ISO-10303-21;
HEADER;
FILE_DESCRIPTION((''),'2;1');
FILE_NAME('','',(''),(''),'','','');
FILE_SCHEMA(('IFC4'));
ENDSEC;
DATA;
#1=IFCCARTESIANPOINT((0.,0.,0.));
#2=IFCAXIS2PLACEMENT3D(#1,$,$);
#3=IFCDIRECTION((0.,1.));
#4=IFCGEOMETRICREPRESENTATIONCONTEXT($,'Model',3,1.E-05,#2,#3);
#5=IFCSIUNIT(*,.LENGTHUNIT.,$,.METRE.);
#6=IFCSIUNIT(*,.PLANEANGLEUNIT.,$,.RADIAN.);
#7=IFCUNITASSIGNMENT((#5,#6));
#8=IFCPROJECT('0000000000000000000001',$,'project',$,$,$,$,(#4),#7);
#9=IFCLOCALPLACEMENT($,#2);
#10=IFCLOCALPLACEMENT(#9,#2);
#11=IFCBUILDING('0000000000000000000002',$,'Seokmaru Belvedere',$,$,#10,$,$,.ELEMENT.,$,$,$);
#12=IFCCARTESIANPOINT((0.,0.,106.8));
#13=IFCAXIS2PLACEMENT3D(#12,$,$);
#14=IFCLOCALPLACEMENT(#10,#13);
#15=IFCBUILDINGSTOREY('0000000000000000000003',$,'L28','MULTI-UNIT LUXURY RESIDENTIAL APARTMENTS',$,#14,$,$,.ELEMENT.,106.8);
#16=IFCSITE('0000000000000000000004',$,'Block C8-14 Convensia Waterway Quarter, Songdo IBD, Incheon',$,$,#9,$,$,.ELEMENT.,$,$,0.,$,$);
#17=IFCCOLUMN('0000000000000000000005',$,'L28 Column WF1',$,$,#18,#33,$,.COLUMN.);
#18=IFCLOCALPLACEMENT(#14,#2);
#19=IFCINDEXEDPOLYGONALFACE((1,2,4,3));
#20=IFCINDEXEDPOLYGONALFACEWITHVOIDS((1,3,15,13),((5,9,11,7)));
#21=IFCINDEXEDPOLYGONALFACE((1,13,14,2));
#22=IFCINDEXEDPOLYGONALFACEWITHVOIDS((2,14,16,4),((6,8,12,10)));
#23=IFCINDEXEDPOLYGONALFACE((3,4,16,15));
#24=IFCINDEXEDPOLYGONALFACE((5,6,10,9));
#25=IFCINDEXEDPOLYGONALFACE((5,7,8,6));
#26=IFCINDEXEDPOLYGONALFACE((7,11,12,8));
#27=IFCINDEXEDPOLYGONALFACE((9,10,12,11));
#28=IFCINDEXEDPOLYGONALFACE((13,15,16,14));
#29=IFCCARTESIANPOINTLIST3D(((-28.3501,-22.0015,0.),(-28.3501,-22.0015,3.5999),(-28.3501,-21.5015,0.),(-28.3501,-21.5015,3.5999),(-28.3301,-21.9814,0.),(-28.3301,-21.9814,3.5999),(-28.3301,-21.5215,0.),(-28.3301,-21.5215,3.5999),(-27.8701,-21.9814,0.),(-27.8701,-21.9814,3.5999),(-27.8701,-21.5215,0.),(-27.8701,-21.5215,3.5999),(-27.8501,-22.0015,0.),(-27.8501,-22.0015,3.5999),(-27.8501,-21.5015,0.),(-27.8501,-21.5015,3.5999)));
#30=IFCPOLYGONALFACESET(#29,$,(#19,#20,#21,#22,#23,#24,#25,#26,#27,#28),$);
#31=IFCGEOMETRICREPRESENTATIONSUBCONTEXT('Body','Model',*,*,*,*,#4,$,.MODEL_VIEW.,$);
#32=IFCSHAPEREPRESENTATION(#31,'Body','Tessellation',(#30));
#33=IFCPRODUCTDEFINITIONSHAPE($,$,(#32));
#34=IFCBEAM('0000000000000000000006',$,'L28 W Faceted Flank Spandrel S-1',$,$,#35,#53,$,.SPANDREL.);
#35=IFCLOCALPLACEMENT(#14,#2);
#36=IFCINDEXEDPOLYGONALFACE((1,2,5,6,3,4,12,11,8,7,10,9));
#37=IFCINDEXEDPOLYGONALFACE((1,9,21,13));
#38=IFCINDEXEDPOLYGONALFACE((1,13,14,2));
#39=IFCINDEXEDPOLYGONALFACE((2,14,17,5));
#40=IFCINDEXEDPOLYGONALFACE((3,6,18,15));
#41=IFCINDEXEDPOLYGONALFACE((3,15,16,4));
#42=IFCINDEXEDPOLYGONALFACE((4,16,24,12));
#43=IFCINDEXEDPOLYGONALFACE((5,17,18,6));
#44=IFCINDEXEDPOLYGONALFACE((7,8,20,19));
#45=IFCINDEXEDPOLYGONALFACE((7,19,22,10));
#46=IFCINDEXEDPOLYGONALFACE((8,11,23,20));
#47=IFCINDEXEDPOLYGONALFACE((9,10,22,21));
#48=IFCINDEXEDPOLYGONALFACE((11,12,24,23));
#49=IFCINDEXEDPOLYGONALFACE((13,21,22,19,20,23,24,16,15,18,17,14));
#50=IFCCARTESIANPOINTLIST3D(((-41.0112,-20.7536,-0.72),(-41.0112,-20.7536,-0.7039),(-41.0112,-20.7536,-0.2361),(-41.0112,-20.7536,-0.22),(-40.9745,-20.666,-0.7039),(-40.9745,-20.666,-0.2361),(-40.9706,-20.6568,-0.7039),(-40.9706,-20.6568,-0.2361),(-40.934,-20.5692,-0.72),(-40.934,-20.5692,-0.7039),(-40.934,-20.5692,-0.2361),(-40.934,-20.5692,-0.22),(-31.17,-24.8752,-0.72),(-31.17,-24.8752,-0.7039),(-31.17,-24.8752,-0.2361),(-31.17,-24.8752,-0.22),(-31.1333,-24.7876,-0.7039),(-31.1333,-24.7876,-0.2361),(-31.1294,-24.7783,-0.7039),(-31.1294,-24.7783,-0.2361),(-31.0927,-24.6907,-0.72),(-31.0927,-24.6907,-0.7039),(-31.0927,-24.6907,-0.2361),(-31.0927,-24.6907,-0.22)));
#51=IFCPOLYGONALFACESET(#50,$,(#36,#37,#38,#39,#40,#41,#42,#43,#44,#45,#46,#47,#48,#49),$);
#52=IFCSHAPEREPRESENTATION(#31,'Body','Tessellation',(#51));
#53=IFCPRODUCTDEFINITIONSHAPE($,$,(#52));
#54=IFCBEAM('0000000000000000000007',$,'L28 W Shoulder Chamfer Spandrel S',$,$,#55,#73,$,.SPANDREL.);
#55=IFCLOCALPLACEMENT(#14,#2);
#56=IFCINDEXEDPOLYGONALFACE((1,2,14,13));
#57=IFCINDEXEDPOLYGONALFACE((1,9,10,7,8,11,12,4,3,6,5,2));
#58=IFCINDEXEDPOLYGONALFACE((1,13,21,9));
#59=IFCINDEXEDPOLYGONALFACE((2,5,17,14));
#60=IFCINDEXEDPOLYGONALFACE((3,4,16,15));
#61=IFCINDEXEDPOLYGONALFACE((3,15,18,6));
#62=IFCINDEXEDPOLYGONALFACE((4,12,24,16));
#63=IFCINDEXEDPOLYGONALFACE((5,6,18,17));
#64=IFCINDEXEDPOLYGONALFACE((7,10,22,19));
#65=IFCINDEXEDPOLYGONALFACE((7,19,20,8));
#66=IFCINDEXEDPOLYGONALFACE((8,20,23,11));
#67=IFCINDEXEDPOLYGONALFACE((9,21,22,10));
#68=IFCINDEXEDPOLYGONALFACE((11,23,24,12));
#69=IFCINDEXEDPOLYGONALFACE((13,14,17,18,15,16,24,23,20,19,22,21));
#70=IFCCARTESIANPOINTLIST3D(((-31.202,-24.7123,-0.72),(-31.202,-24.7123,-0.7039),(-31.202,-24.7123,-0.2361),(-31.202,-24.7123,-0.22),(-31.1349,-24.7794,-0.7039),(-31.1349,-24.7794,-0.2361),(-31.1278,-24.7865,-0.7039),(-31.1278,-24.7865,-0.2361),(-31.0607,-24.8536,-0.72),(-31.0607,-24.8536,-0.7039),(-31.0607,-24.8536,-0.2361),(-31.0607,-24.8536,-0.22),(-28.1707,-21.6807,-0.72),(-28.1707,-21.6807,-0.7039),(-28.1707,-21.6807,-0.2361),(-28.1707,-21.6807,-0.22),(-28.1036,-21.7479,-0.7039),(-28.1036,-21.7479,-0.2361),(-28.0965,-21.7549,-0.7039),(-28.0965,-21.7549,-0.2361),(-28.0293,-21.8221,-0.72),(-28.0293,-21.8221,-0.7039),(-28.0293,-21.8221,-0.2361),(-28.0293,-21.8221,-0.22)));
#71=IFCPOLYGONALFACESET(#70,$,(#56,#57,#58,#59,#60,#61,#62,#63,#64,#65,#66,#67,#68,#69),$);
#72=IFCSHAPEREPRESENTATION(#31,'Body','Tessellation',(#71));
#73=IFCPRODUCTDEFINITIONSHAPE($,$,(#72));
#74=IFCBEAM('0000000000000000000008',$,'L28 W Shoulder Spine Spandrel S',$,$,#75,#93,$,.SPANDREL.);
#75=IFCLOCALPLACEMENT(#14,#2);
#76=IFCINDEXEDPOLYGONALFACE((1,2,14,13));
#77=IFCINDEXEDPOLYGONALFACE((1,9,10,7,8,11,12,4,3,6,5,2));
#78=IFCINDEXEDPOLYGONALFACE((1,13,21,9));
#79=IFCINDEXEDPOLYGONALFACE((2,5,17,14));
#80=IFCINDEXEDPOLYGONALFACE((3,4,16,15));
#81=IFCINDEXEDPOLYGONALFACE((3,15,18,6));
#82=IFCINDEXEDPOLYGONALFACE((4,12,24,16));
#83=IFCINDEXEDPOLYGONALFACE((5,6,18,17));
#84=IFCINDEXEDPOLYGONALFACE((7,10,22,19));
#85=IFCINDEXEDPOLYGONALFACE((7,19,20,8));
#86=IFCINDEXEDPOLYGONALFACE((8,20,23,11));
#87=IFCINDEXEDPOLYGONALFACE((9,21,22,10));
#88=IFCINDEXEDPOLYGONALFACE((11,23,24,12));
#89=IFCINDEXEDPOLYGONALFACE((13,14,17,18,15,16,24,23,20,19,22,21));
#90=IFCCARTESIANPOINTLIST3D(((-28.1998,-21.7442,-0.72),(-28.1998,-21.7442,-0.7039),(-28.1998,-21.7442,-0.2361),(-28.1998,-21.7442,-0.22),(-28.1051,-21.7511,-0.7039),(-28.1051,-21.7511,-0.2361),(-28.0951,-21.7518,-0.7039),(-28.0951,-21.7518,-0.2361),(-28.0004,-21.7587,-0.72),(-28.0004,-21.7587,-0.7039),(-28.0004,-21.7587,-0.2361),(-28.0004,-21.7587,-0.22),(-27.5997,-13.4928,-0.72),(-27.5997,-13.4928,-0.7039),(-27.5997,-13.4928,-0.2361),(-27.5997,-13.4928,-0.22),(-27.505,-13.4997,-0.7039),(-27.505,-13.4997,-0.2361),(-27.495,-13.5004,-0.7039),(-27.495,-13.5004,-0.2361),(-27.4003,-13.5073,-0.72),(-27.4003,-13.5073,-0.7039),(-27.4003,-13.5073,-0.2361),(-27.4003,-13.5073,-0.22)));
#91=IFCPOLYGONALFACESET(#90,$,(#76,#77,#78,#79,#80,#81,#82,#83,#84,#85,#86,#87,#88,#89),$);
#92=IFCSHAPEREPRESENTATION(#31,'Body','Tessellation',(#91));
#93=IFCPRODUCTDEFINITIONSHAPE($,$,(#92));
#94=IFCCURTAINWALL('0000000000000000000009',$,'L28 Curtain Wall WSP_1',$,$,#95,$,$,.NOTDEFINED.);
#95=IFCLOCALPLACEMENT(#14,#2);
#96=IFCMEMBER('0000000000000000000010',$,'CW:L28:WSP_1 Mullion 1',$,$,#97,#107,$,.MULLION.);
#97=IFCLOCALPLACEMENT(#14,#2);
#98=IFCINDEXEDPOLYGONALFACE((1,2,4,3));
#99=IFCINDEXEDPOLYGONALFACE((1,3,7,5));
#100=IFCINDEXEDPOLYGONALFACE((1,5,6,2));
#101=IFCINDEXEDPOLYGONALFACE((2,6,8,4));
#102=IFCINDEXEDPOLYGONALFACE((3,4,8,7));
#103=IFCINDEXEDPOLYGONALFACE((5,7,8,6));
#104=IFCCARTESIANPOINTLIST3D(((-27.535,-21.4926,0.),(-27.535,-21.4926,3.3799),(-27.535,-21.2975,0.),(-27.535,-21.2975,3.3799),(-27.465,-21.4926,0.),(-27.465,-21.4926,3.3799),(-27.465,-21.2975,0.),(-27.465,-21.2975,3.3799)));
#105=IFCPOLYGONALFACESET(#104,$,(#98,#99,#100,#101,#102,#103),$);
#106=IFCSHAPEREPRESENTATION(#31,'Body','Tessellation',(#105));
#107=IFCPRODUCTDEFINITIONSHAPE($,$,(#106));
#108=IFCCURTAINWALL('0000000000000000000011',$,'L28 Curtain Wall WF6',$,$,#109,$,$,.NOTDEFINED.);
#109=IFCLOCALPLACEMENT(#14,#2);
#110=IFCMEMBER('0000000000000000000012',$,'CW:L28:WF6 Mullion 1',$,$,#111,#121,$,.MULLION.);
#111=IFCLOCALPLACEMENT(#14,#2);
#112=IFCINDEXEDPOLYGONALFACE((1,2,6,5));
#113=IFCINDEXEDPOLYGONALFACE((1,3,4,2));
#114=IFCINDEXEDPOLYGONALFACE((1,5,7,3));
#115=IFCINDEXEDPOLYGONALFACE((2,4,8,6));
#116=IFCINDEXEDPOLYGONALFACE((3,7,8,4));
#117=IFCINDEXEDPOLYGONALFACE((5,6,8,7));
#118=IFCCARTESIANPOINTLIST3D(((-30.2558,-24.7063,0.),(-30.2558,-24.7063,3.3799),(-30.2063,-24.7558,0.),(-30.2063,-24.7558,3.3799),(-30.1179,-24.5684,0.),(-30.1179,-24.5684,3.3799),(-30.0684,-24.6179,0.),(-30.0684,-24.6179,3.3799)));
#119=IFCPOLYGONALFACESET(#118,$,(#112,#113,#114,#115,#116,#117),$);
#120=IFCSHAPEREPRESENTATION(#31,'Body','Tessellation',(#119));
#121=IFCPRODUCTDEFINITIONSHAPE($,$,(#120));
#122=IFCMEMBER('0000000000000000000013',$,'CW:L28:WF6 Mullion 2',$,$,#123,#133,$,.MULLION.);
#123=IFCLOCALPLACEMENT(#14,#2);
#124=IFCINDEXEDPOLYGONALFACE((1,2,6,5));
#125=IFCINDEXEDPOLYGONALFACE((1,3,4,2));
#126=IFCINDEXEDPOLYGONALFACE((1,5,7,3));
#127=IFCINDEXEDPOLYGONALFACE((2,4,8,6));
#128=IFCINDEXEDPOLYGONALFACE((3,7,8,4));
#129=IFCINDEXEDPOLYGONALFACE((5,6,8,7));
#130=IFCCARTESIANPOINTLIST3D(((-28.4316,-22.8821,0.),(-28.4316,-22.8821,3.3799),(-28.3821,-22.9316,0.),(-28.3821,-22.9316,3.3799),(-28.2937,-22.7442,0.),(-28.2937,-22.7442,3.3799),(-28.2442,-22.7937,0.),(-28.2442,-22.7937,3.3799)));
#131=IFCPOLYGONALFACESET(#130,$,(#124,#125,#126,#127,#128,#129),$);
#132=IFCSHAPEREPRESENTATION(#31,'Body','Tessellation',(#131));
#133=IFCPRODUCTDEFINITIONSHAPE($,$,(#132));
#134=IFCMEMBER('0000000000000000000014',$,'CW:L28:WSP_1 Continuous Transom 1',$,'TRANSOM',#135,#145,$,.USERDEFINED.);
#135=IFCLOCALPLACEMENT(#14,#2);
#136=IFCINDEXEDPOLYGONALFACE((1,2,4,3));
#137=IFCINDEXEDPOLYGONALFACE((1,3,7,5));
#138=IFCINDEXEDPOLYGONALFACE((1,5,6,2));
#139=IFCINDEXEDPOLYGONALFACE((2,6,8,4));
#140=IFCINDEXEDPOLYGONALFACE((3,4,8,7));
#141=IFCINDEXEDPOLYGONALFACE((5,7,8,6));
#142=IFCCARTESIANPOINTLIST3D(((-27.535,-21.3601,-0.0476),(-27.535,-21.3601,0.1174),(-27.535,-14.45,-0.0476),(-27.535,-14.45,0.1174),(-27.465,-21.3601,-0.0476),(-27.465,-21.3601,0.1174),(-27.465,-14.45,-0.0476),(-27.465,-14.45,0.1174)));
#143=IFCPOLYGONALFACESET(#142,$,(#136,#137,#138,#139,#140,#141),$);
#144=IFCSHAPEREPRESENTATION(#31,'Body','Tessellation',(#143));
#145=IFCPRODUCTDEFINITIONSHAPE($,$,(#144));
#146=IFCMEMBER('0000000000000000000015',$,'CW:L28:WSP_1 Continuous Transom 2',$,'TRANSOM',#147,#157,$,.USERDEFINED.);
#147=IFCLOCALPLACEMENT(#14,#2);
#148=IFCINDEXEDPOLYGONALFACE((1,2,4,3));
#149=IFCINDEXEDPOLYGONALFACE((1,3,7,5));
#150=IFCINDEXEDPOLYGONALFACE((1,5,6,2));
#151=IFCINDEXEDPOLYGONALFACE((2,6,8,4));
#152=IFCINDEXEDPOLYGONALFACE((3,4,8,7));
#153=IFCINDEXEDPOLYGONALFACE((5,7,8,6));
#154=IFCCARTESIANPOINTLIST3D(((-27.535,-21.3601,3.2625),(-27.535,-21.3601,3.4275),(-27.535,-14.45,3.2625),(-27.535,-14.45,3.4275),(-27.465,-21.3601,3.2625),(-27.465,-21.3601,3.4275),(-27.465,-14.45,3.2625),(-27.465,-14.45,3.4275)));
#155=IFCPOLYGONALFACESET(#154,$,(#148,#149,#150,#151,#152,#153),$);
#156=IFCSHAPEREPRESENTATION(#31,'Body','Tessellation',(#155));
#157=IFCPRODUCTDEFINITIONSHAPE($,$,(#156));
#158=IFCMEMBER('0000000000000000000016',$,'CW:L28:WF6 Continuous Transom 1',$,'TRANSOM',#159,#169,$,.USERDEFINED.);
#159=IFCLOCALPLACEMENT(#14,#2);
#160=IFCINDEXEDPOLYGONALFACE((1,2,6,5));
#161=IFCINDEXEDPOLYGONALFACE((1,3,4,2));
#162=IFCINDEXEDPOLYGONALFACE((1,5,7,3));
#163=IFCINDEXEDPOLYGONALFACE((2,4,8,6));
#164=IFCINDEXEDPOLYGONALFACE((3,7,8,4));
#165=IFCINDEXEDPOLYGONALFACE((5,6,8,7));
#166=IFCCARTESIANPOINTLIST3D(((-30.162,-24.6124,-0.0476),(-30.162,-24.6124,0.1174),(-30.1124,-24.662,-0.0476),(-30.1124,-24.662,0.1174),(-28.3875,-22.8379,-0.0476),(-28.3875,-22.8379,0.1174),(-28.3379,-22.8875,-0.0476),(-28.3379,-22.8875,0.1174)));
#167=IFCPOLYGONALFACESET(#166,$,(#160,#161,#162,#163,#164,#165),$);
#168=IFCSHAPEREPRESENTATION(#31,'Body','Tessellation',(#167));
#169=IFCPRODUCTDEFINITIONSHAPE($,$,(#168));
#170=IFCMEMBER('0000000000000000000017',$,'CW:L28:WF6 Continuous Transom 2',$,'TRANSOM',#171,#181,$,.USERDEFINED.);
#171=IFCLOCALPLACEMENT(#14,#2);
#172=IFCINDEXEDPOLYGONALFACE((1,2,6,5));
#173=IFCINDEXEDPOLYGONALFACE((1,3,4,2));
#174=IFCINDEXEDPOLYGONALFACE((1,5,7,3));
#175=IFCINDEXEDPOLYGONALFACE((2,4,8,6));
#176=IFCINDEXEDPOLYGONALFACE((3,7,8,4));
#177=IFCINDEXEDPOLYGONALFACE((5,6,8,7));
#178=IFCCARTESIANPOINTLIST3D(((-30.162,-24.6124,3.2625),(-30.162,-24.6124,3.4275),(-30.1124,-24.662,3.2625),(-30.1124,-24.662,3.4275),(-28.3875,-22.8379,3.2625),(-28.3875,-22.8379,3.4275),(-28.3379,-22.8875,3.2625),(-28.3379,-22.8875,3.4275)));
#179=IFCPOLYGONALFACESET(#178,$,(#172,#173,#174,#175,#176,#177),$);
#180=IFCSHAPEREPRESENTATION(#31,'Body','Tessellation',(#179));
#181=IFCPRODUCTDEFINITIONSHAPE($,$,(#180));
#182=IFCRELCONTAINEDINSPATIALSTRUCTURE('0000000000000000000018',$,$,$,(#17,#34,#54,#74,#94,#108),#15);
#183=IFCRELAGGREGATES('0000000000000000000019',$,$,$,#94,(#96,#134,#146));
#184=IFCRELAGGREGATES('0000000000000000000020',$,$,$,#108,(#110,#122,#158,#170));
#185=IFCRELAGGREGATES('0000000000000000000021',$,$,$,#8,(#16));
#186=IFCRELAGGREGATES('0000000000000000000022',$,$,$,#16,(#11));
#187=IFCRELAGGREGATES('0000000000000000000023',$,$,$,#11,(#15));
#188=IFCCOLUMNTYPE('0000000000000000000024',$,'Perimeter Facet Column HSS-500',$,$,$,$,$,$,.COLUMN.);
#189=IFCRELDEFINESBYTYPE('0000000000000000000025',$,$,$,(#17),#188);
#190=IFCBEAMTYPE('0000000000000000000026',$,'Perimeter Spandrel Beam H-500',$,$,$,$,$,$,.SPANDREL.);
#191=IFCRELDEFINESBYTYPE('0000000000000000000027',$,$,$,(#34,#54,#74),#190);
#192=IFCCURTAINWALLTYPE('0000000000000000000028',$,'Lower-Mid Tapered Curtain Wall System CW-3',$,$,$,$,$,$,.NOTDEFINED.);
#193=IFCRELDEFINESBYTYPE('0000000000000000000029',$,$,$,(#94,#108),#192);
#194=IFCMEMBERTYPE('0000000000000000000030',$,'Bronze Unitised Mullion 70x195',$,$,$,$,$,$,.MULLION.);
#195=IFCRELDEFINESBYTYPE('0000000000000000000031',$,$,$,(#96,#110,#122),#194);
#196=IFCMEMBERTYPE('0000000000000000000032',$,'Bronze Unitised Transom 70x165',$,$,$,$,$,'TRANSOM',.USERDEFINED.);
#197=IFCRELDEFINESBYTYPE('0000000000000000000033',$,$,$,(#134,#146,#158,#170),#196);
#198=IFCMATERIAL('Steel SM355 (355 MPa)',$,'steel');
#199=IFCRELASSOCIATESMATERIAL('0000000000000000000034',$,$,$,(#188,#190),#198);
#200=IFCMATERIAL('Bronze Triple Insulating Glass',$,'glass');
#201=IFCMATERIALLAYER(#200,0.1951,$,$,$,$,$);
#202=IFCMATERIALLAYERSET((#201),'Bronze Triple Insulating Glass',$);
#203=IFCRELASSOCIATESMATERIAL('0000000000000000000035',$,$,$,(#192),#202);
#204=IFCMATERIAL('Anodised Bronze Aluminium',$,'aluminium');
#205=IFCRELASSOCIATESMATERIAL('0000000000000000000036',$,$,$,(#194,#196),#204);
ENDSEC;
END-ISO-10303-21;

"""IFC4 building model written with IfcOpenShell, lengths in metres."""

from ifc_helpers import new_model, si_unit, direction, frame, origin, origin_2d, place, context, subcontext, project, spatial, rectangle, hollow_rectangle, i_section, extrude, source, transform, mapped, material, layer, layer_set, material_profile, profile_set, type_object, type_shapes, element, aggregate, save


model = new_model("IFC4")

# Units and contexts
model_context = context("Model", 3, precision=1e-05, world=origin(), true_north=direction((0.0, 1.0)))
body_context = subcontext(model_context, "Body", "Model", "MODEL_VIEW")
ifc_project = project(units=[si_unit("LENGTHUNIT", "METRE"), si_unit("PLANEANGLEUNIT", "RADIAN")], contexts=[model_context])

# Site, building, storey
site_placement = place(None, origin())
site = spatial("IfcSite", under=ifc_project, at=site_placement, Name="Block C8-14 Convensia Waterway Quarter, Songdo IBD, Incheon", CompositionType="ELEMENT", RefElevation=0.0)
building_placement = place(site_placement, origin())
building = spatial("IfcBuilding", under=site, at=building_placement, Name="Seokmaru Belvedere", CompositionType="ELEMENT")
storey_placement = place(building_placement, frame((0.0, 0.0, 106.8)))
storey = spatial("IfcBuildingStorey", under=building, at=storey_placement, Name="L28", Description="MULTI-UNIT LUXURY RESIDENTIAL APARTMENTS", CompositionType="ELEMENT", Elevation=106.8)

# Column
ifc_material_1 = material(Name="Steel SM355 (355 MPa)", Category="steel")
ifc_material_profile_1 = material_profile(ifc_material_1, hollow_rectangle(XDim=0.5, YDim=0.5, WallThickness=0.02, at=origin_2d()), Name="HSS-500x500x20")
ifc_profile_set_1 = profile_set([ifc_material_profile_1], Name="Steel SM355 (355 MPa)")
column_type = type_object("IfcColumnType", Name="Perimeter Facet Column HSS-500", PredefinedType="COLUMN", material=ifc_profile_set_1)
shared_shape_1 = source(origin(), body_context, "Body", "SweptSolid", [
    extrude(hollow_rectangle(XDim=0.5, YDim=0.5, WallThickness=0.02, at=origin_2d()), origin(), (0.0, 0.0, 1.0), 3.5999),
])
type_shapes(column_type, [shared_shape_1])
column_placement = place(storey_placement, frame((-28.1001, -21.7515, 0.0), z_axis=(0.0, 0.0, 1.0), x_axis=(1.0, 0.0, 0.0)))
element("IfcColumn", 1, at=column_placement, inside=storey, type_object=column_type, Name="L28 Column WF1", PredefinedType="COLUMN", context=body_context, shape_type="MappedRepresentation", body=[
    mapped(shared_shape_1, transform((0.0, 0.0, 0.0), scale=1.0)),
])

# Beams
ifc_material_profile_2 = material_profile(ifc_material_1, i_section(OverallWidth=0.2, OverallDepth=0.5, WebThickness=0.01, FlangeThickness=0.0161, at=origin_2d()), Name="H-500x200x10x16")
ifc_profile_set_2 = profile_set([ifc_material_profile_2], Name="Steel SM355 (355 MPa)")
beam_type = type_object("IfcBeamType", Name="Perimeter Spandrel Beam H-500", PredefinedType="SPANDREL", material=ifc_profile_set_2)
shared_shape_2 = source(origin(), body_context, "Body", "SweptSolid", [
    extrude(i_section(OverallWidth=0.2, OverallDepth=0.5, WebThickness=0.01, FlangeThickness=0.0161, at=origin_2d()), origin(), (0.0, 0.0, 1.0), 10.6694),
])
beam_1_placement = place(storey_placement, frame((-31.1313, -24.783, -0.47), z_axis=(-0.922375, 0.386295, 0.0), x_axis=(-0.386295, -0.922375, 0.0)))
element("IfcBeam", 2, at=beam_1_placement, inside=storey, type_object=beam_type, Name="L28 W Faceted Flank Spandrel S-1", PredefinedType="SPANDREL", context=body_context, shape_type="MappedRepresentation", body=[
    mapped(shared_shape_2, transform((0.0, 0.0, 0.0), scale=1.0)),
])
shared_shape_3 = source(origin(), body_context, "Body", "SweptSolid", [
    extrude(i_section(OverallWidth=0.2, OverallDepth=0.5, WebThickness=0.01, FlangeThickness=0.0161, at=origin_2d()), origin(), (0.0, 0.0, 1.0), 4.2871),
])
beam_2_placement = place(storey_placement, frame((-31.1313, -24.783, -0.47), z_axis=(0.707078, 0.707135, 0.0), x_axis=(-0.707135, 0.707078, 0.0)))
element("IfcBeam", 3, at=beam_2_placement, inside=storey, type_object=beam_type, Name="L28 W Shoulder Chamfer Spandrel S", PredefinedType="SPANDREL", context=body_context, shape_type="MappedRepresentation", body=[
    mapped(shared_shape_3, transform((0.0, 0.0, 0.0), scale=1.0)),
])
shared_shape_4 = source(origin(), body_context, "Body", "SweptSolid", [
    extrude(i_section(OverallWidth=0.2, OverallDepth=0.5, WebThickness=0.01, FlangeThickness=0.0161, at=origin_2d()), origin(), (0.0, 0.0, 1.0), 8.2732),
])
type_shapes(beam_type, [shared_shape_2, shared_shape_3, shared_shape_4])
beam_3_placement = place(storey_placement, frame((-28.1001, -21.7515, -0.47), z_axis=(0.072535, 0.997366, 0.0), x_axis=(-0.997366, 0.072535, 0.0)))
element("IfcBeam", 4, at=beam_3_placement, inside=storey, type_object=beam_type, Name="L28 W Shoulder Spine Spandrel S", PredefinedType="SPANDREL", context=body_context, shape_type="MappedRepresentation", body=[
    mapped(shared_shape_4, transform((0.0, 0.0, 0.0), scale=1.0)),
])

# Curtain wall, member
ifc_material_2 = material(Name="Bronze Triple Insulating Glass", Category="glass")
ifc_layer_1 = layer(ifc_material_2, 0.1951)
ifc_layer_set_1 = layer_set([ifc_layer_1], Name="Bronze Triple Insulating Glass")
curtain_wall_type = type_object("IfcCurtainWallType", Name="Lower-Mid Tapered Curtain Wall System CW-3", PredefinedType="NOTDEFINED", material=ifc_layer_set_1)
curtain_wall_1_placement = place(storey_placement, origin())
curtain_wall_1 = element("IfcCurtainWall", 5, at=curtain_wall_1_placement, inside=storey, type_object=curtain_wall_type, Name="L28 Curtain Wall WSP_1", PredefinedType="NOTDEFINED")
ifc_material_3 = material(Name="Anodised Bronze Aluminium", Category="aluminium")
ifc_material_profile_3 = material_profile(ifc_material_3, rectangle(XDim=0.0701, YDim=0.1951, at=origin_2d()), Name="CW-M-70x195")
ifc_profile_set_3 = profile_set([ifc_material_profile_3], Name="Anodised Bronze Aluminium")
member_type_1 = type_object("IfcMemberType", Name="Bronze Unitised Mullion 70x195", PredefinedType="MULLION", material=ifc_profile_set_3)
shared_shape_5 = source(origin(), body_context, "Body", "SweptSolid", [
    extrude(rectangle(XDim=0.0701, YDim=0.1951, at=origin_2d()), origin(), (0.0, 0.0, 1.0), 3.3799),
])
type_shapes(member_type_1, [shared_shape_5])
member_1_placement = place(storey_placement, frame((-27.5, -21.395, 0.0), z_axis=(0.0, 0.0, 1.0), x_axis=(-1.0, 0.0, 0.0)))
member_1 = element("IfcMember", 6, at=member_1_placement, type_object=member_type_1, Name="CW:L28:WSP_1 Mullion 1", PredefinedType="MULLION", context=body_context, shape_type="MappedRepresentation", body=[
    mapped(shared_shape_5, transform((0.0, 0.0, 0.0), scale=1.0)),
])

# Curtain wall, members
curtain_wall_2_placement = place(storey_placement, origin())
curtain_wall_2 = element("IfcCurtainWall", 7, at=curtain_wall_2_placement, inside=storey, type_object=curtain_wall_type, Name="L28 Curtain Wall WF6", PredefinedType="NOTDEFINED")
member_2_placement = place(storey_placement, frame((-30.1621, -24.6621, 0.0), z_axis=(0.0, 0.0, 1.0), x_axis=(-0.707107, 0.707107, 0.0)))
member_2 = element("IfcMember", 8, at=member_2_placement, type_object=member_type_1, Name="CW:L28:WF6 Mullion 1", PredefinedType="MULLION", context=body_context, shape_type="MappedRepresentation", body=[
    mapped(shared_shape_5, transform((0.0, 0.0, 0.0), scale=1.0)),
])
member_3_placement = place(storey_placement, frame((-28.3379, -22.8379, 0.0), z_axis=(0.0, 0.0, 1.0), x_axis=(-0.707107, 0.707107, 0.0)))
member_3 = element("IfcMember", 9, at=member_3_placement, type_object=member_type_1, Name="CW:L28:WF6 Mullion 2", PredefinedType="MULLION", context=body_context, shape_type="MappedRepresentation", body=[
    mapped(shared_shape_5, transform((0.0, 0.0, 0.0), scale=1.0)),
])

# Members
ifc_material_profile_4 = material_profile(ifc_material_3, rectangle(XDim=0.0701, YDim=0.165, at=origin_2d()), Name="CW-T-70x165")
ifc_profile_set_4 = profile_set([ifc_material_profile_4], Name="Anodised Bronze Aluminium")
member_type_2 = type_object("IfcMemberType", Name="Bronze Unitised Transom 70x165", ElementType="TRANSOM", PredefinedType="USERDEFINED", material=ifc_profile_set_4)
shared_shape_6 = source(origin(), body_context, "Body", "SweptSolid", [
    extrude(rectangle(XDim=0.0701, YDim=0.165, at=origin_2d()), origin(), (0.0, 0.0, 1.0), 6.9102),
])
member_4_placement = place(storey_placement, frame((-27.5, -21.3601, 0.0349), z_axis=(0.0, 1.0, 0.0), x_axis=(-1.0, 0.0, 0.0)))
member_4 = element("IfcMember", 10, at=member_4_placement, type_object=member_type_2, Name="CW:L28:WSP_1 Continuous Transom 1", ObjectType="TRANSOM", PredefinedType="USERDEFINED", context=body_context, shape_type="MappedRepresentation", body=[
    mapped(shared_shape_6, transform((0.0, 0.0, 0.0), scale=1.0)),
])
member_5_placement = place(storey_placement, frame((-27.5, -21.3601, 3.345), z_axis=(0.0, 1.0, 0.0), x_axis=(-1.0, 0.0, 0.0)))
member_5 = element("IfcMember", 11, at=member_5_placement, type_object=member_type_2, Name="CW:L28:WSP_1 Continuous Transom 2", ObjectType="TRANSOM", PredefinedType="USERDEFINED", context=body_context, shape_type="MappedRepresentation", body=[
    mapped(shared_shape_6, transform((0.0, 0.0, 0.0), scale=1.0)),
])
shared_shape_7 = source(origin(), body_context, "Body", "SweptSolid", [
    extrude(rectangle(XDim=0.0701, YDim=0.165, at=origin_2d()), origin(), (0.0, 0.0, 1.0), 2.5095),
])
type_shapes(member_type_2, [shared_shape_6, shared_shape_7])
member_6_placement = place(storey_placement, frame((-30.1372, -24.6372, 0.0349), z_axis=(0.707107, 0.707107, 0.0), x_axis=(-0.707107, 0.707107, 0.0)))
member_6 = element("IfcMember", 12, at=member_6_placement, type_object=member_type_2, Name="CW:L28:WF6 Continuous Transom 1", ObjectType="TRANSOM", PredefinedType="USERDEFINED", context=body_context, shape_type="MappedRepresentation", body=[
    mapped(shared_shape_7, transform((0.0, 0.0, 0.0), scale=1.0)),
])
member_7_placement = place(storey_placement, frame((-30.1372, -24.6372, 3.345), z_axis=(0.707107, 0.707107, 0.0), x_axis=(-0.707107, 0.707107, 0.0)))
member_7 = element("IfcMember", 13, at=member_7_placement, type_object=member_type_2, Name="CW:L28:WF6 Continuous Transom 2", ObjectType="TRANSOM", PredefinedType="USERDEFINED", context=body_context, shape_type="MappedRepresentation", body=[
    mapped(shared_shape_7, transform((0.0, 0.0, 0.0), scale=1.0)),
])

aggregate(curtain_wall_1, [member_1, member_4, member_5])
aggregate(curtain_wall_2, [member_2, member_3, member_6, member_7])

save(model, "model.ifc")
